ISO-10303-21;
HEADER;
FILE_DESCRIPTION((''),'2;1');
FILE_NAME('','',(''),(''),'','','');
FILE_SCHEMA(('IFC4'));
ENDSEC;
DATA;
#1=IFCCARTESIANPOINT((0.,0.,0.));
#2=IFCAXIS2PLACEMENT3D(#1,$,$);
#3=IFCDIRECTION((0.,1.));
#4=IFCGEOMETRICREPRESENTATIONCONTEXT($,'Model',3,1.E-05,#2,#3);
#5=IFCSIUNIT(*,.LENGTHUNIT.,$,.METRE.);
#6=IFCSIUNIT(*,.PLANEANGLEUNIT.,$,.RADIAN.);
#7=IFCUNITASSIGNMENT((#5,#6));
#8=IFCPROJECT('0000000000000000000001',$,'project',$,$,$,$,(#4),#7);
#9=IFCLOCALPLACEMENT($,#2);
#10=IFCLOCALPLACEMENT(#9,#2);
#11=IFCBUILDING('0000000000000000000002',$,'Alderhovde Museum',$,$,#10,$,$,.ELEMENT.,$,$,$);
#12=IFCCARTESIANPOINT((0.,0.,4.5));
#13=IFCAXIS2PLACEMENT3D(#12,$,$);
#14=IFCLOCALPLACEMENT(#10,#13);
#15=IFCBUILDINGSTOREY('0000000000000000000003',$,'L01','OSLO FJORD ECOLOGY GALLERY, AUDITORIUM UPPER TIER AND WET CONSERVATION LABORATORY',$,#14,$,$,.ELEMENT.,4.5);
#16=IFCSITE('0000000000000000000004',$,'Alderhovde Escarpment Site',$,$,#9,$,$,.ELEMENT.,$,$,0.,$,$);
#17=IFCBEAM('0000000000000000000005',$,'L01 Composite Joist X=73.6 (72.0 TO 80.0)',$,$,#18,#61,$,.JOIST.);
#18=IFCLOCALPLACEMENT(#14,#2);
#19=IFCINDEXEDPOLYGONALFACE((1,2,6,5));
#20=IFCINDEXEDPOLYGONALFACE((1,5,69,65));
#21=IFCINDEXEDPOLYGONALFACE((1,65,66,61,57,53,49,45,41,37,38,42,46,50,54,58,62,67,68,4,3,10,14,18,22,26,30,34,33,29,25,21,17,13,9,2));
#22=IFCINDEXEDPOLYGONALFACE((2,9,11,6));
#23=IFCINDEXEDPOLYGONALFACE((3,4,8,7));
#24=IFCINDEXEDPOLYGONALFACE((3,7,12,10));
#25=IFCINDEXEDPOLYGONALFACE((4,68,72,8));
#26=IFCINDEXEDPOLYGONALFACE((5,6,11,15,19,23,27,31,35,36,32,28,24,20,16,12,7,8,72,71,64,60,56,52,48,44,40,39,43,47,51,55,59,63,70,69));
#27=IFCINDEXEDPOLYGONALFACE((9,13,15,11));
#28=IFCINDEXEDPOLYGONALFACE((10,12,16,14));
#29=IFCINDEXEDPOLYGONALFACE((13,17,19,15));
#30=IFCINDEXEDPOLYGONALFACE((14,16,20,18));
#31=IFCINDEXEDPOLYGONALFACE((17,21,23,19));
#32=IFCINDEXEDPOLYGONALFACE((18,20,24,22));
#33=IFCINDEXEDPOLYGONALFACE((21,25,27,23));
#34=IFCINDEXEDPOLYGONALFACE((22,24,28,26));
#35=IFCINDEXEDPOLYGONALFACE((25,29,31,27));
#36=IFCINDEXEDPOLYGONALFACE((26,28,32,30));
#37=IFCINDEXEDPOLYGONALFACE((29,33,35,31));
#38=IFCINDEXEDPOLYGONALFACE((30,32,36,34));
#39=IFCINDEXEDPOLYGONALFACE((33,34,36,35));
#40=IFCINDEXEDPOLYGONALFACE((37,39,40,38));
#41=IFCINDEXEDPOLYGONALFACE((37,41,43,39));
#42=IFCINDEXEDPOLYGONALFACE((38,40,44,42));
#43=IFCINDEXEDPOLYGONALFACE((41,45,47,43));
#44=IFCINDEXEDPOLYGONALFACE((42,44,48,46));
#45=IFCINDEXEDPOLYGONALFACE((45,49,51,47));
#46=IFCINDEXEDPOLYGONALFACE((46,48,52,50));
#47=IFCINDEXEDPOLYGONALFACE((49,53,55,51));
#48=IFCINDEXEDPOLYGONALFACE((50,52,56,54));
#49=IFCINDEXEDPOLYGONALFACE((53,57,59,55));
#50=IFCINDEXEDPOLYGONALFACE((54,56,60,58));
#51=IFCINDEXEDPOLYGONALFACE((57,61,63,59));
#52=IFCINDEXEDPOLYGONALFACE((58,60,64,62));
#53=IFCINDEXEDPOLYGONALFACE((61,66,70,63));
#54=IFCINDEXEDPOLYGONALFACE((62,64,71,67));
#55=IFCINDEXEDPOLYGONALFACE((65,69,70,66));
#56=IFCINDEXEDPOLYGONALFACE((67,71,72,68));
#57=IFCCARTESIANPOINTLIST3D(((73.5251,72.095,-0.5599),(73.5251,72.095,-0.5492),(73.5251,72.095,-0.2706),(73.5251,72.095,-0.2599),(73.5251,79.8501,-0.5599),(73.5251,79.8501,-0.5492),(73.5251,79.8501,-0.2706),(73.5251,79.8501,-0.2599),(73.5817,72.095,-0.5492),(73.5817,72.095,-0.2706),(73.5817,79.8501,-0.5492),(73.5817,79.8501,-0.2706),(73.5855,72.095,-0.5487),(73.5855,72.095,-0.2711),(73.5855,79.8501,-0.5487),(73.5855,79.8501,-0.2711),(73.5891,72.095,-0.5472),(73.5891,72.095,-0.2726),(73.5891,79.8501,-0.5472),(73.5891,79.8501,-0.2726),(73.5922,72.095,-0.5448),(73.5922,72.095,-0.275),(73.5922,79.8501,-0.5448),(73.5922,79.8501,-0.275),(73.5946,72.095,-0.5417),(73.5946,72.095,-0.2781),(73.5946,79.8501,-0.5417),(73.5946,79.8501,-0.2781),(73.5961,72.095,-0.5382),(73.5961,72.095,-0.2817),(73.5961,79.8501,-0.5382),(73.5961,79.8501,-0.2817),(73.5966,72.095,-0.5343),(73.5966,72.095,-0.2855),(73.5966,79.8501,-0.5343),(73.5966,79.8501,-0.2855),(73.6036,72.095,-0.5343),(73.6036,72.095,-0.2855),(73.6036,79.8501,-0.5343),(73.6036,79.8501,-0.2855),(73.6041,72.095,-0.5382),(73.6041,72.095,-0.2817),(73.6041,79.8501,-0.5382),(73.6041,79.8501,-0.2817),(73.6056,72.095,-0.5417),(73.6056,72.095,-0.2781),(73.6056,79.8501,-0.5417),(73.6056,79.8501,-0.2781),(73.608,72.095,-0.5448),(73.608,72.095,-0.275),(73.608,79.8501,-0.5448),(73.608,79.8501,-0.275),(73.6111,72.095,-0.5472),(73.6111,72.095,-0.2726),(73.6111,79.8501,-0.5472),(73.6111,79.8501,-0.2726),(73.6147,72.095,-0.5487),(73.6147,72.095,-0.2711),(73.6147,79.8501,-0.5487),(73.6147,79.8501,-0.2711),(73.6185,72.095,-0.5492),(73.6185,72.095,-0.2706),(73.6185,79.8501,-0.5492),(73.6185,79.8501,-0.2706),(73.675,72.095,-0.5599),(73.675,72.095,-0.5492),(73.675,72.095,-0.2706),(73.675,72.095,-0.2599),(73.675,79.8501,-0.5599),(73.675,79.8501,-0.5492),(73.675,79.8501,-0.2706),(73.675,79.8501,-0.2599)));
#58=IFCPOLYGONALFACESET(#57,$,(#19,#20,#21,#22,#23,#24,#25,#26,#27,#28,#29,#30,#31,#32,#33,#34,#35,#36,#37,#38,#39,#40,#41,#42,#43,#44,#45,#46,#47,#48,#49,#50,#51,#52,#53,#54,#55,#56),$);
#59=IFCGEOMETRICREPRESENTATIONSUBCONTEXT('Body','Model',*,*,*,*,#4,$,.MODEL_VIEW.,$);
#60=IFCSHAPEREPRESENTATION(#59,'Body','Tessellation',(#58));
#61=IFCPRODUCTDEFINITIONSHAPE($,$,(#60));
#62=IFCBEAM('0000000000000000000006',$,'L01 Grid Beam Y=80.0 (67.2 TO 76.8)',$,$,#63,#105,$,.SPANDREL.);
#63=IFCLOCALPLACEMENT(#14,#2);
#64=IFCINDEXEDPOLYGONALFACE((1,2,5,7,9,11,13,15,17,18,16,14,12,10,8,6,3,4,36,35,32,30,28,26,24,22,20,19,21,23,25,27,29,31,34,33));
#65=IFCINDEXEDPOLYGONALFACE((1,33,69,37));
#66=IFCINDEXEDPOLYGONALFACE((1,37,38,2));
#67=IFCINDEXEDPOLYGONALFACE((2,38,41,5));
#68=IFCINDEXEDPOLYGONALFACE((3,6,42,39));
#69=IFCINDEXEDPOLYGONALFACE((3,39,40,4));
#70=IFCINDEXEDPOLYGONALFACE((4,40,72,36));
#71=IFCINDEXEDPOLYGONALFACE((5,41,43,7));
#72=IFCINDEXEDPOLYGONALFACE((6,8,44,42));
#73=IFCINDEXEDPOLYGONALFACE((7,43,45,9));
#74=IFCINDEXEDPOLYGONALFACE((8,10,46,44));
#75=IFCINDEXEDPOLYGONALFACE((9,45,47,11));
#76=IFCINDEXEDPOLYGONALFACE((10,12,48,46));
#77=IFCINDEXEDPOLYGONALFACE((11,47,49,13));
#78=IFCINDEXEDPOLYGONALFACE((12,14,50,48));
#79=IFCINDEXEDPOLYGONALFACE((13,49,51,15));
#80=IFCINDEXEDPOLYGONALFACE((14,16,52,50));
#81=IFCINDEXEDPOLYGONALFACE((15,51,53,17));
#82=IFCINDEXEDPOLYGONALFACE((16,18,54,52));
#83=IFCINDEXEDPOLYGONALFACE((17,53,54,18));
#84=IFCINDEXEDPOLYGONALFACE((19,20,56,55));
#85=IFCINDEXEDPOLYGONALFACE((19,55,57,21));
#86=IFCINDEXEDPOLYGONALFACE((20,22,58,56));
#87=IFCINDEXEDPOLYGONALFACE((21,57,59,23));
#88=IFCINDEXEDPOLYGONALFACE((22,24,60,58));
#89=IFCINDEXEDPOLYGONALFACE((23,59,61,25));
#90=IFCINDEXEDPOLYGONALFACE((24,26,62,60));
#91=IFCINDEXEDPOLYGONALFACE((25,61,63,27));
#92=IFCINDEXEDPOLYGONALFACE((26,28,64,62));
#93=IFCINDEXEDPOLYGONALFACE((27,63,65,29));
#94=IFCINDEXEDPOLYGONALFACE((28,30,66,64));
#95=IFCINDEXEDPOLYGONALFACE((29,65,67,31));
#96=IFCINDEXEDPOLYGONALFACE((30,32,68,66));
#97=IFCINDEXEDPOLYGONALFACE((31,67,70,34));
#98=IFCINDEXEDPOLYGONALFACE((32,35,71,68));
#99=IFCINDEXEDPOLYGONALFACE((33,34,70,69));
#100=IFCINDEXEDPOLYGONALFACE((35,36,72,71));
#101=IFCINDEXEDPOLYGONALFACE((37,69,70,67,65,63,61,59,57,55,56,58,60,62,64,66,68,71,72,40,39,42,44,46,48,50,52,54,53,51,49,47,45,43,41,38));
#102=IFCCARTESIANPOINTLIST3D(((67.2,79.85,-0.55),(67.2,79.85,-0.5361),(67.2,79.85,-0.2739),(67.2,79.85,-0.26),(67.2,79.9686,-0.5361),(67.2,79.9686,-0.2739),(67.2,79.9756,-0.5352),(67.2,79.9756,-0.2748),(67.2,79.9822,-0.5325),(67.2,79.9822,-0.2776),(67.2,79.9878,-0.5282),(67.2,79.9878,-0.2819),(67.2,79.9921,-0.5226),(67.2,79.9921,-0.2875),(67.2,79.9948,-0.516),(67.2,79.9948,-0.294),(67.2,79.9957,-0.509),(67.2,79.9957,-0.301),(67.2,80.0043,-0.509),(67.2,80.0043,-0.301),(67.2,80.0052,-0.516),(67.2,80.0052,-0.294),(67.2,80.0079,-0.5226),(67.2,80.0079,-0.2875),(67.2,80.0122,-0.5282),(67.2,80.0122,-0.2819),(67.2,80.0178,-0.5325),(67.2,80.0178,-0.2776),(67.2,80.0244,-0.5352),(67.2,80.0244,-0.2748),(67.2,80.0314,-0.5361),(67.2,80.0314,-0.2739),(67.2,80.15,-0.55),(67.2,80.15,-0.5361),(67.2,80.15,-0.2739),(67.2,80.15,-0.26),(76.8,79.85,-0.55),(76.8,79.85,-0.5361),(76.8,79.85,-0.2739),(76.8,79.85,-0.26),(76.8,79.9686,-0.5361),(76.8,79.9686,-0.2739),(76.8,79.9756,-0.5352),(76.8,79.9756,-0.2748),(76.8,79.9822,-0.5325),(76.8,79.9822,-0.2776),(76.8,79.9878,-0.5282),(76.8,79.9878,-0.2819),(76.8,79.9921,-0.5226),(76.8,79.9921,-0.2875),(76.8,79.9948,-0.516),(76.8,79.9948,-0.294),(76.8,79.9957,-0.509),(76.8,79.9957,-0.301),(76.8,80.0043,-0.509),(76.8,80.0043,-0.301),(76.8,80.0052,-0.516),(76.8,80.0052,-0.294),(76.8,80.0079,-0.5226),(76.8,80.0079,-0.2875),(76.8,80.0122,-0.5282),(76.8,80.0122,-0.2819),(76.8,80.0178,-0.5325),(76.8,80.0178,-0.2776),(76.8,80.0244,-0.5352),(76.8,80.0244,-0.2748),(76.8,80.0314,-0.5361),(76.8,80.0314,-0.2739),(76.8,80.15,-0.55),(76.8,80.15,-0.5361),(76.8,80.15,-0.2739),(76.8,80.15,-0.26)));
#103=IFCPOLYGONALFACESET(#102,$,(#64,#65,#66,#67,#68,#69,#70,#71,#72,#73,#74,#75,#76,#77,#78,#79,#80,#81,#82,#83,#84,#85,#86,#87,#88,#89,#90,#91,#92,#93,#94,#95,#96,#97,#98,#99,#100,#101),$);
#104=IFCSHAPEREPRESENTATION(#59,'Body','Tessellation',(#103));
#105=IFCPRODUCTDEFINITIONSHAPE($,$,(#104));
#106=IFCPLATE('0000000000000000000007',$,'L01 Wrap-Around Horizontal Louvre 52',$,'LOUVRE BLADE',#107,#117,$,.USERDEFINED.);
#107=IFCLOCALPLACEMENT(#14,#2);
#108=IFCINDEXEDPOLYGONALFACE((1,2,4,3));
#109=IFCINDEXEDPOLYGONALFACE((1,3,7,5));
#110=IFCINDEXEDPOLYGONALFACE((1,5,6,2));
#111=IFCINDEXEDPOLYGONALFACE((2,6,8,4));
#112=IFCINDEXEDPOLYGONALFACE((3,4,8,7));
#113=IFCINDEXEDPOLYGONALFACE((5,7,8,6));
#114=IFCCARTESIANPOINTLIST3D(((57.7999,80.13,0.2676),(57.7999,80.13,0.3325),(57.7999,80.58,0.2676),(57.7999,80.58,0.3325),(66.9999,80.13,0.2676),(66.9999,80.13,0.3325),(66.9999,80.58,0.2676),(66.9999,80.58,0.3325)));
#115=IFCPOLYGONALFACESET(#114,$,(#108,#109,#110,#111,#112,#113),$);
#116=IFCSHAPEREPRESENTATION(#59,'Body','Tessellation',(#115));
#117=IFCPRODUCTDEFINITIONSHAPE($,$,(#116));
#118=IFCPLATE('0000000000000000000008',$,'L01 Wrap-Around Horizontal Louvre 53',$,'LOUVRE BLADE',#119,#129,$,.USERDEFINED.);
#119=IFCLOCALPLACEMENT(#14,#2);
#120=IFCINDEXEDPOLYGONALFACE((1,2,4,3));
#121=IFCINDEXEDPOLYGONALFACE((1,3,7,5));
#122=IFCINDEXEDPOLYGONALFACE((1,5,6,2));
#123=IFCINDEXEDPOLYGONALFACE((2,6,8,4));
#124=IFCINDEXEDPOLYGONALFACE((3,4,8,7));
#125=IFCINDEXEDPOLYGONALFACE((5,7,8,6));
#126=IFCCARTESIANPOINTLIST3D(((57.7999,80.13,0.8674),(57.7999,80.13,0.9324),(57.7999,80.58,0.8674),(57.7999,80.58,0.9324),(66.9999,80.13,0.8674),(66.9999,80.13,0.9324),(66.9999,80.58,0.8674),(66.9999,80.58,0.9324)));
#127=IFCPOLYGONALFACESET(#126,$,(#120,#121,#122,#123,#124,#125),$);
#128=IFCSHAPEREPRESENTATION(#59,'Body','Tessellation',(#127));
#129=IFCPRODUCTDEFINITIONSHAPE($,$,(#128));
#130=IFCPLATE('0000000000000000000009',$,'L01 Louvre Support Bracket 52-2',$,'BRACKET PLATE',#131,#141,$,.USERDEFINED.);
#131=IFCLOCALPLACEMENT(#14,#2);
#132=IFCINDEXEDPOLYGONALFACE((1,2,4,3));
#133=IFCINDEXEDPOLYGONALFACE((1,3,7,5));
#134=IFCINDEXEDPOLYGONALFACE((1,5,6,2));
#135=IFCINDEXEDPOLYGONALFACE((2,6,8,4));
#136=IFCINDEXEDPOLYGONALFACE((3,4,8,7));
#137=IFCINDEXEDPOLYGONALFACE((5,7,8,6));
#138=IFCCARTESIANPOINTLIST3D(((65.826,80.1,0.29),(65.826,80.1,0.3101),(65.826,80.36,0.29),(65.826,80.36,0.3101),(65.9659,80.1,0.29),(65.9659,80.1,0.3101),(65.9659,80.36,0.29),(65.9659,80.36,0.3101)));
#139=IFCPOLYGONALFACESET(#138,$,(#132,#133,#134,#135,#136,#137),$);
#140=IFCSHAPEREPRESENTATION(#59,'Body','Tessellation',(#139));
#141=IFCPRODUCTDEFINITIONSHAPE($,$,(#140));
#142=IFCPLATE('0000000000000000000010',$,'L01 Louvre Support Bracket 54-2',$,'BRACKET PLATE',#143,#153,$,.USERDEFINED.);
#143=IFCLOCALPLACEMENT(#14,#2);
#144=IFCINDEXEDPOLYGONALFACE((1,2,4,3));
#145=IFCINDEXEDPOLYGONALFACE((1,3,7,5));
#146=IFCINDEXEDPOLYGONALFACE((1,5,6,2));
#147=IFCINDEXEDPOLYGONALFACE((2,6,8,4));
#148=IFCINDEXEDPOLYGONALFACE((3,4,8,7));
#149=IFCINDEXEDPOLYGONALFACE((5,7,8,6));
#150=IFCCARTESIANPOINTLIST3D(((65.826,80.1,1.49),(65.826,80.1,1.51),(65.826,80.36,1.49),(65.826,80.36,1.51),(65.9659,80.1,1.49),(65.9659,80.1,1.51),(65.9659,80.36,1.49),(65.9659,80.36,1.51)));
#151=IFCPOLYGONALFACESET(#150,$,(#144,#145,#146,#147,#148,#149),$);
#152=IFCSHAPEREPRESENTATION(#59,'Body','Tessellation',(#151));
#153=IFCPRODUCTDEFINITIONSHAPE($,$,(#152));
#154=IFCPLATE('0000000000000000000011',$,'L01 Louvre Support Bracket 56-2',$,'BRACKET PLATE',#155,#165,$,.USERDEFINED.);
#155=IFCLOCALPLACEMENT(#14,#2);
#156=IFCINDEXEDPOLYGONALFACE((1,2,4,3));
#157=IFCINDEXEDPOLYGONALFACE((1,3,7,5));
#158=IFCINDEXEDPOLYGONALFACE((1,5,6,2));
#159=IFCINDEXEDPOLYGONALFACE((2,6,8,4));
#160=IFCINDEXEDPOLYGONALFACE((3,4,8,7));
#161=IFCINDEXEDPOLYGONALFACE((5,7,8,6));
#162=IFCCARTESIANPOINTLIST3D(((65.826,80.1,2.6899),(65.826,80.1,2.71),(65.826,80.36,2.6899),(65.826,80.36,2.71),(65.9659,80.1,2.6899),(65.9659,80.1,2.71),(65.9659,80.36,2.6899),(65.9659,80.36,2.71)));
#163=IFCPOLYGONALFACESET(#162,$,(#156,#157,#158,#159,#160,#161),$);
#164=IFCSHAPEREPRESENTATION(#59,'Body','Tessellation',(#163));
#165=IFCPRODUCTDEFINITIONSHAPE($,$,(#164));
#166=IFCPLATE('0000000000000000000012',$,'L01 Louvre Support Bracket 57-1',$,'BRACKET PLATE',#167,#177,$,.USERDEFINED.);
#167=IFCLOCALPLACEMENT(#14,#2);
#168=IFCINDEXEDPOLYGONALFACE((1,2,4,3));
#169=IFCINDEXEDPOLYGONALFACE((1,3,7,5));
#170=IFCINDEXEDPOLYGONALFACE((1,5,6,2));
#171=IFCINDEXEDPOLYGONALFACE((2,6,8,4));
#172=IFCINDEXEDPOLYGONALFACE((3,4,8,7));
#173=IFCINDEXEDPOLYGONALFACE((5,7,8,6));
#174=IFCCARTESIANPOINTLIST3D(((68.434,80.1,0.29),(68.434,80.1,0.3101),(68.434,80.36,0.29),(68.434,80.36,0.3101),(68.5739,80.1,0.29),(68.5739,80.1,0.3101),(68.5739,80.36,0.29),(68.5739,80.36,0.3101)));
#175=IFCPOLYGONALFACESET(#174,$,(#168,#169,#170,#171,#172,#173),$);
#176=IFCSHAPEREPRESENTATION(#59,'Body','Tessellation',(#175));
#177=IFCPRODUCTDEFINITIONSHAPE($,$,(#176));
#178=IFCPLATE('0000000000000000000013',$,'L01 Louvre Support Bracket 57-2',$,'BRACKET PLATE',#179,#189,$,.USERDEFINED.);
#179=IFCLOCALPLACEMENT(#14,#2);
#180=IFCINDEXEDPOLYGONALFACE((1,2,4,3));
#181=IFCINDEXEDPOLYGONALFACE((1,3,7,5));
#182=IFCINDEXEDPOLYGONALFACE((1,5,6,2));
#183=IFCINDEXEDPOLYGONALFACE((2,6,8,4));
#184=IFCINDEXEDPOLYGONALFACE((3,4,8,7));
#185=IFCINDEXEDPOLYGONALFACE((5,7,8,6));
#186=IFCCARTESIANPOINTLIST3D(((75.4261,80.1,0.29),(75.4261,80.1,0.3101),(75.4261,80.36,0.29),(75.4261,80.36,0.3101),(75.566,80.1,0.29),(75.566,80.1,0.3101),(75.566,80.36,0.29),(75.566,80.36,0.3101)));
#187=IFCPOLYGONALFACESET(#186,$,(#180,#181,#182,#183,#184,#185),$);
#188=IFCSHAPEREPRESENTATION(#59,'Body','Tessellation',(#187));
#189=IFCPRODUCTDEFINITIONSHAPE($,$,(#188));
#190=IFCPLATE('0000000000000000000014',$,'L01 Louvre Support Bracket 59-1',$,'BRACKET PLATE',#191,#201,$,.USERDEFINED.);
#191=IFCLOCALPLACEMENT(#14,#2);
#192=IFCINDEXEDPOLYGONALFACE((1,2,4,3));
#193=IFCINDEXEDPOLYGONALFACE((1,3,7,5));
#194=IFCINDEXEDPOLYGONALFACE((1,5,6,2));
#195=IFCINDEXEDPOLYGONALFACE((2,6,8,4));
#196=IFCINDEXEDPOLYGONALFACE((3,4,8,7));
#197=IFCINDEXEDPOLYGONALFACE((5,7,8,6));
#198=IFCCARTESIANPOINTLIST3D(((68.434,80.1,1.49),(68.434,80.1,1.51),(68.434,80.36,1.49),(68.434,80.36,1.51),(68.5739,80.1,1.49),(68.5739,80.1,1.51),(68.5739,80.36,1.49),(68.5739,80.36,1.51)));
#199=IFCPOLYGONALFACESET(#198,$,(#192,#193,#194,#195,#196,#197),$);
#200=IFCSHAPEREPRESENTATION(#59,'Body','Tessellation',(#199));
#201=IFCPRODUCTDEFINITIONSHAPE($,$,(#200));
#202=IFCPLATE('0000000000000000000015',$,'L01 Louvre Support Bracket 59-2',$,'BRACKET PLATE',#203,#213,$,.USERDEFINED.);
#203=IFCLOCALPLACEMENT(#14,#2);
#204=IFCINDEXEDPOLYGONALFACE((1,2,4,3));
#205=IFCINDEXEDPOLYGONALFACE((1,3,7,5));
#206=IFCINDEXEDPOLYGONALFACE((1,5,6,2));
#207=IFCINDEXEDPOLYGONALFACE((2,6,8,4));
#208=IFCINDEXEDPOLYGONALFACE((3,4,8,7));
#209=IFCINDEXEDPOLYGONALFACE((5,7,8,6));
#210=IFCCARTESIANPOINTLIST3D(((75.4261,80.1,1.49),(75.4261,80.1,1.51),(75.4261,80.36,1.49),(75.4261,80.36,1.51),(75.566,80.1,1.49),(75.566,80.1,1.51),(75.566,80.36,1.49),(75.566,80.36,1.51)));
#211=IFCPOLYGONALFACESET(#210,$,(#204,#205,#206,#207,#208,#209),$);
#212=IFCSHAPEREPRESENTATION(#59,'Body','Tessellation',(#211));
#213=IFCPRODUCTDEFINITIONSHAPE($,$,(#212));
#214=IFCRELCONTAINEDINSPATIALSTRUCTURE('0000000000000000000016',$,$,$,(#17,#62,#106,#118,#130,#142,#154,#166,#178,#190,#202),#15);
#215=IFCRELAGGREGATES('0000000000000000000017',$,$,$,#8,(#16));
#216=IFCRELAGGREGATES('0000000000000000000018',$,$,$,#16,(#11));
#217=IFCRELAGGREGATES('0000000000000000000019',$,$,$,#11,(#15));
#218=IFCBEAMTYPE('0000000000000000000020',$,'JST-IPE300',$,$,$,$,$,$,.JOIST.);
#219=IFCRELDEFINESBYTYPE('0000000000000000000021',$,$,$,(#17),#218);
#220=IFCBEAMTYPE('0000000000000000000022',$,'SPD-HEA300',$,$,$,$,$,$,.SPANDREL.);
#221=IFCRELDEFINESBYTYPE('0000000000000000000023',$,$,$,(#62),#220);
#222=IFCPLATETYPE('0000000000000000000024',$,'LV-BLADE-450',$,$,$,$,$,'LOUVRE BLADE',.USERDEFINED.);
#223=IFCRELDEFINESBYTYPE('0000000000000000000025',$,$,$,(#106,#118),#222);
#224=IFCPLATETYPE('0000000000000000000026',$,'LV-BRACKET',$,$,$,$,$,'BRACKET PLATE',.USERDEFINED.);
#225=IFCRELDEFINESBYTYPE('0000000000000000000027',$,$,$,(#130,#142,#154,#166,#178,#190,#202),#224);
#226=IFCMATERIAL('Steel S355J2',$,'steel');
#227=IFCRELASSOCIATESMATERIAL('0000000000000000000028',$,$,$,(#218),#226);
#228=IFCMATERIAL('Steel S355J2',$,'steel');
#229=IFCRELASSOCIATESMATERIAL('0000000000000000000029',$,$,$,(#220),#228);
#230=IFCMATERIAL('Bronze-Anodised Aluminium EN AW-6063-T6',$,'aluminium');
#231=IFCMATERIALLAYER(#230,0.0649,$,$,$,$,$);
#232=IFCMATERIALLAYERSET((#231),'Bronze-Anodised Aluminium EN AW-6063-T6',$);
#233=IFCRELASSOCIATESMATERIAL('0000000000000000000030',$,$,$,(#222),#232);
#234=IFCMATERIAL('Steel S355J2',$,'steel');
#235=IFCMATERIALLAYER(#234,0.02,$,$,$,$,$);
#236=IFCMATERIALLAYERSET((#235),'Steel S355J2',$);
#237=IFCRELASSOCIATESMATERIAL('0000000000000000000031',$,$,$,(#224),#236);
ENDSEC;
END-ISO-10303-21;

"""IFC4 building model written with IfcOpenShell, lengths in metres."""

from ifc_helpers import new_model, si_unit, direction, frame, origin, origin_2d, place, context, subcontext, project, spatial, rectangle, i_section, extrude, material, layer, layer_set, material_profile, profile_set, type_object, element, save


model = new_model("IFC4")

# Units and contexts
model_context = context("Model", 3, precision=1e-05, world=origin(), true_north=direction((0.0, 1.0)))
body_context = subcontext(model_context, "Body", "Model", "MODEL_VIEW")
ifc_project = project(units=[si_unit("LENGTHUNIT", "METRE"), si_unit("PLANEANGLEUNIT", "RADIAN")], contexts=[model_context])

# Site, building, storey
site_placement = place(None, origin())
site = spatial("IfcSite", under=ifc_project, at=site_placement, Name="Alderhovde Escarpment Site", CompositionType="ELEMENT", RefElevation=0.0)
building_placement = place(site_placement, origin())
building = spatial("IfcBuilding", under=site, at=building_placement, Name="Alderhovde Museum", CompositionType="ELEMENT")
storey_placement = place(building_placement, frame((0.0, 0.0, 4.5)))
storey = spatial("IfcBuildingStorey", under=building, at=storey_placement, Name="L01", Description="OSLO FJORD ECOLOGY GALLERY, AUDITORIUM UPPER TIER AND WET CONSERVATION LABORATORY", CompositionType="ELEMENT", Elevation=4.5)

# Beams
ifc_material_1 = material(Name="Steel S355J2", Category="steel")
ifc_material_profile_1 = material_profile(ifc_material_1, i_section(OverallWidth=0.1499, OverallDepth=0.3, WebThickness=0.0071, FlangeThickness=0.0107, FilletRadius=0.0149, at=origin_2d()), Name="IPE 300")
ifc_profile_set_1 = profile_set([ifc_material_profile_1], Name="Steel S355J2")
beam_type_1 = type_object("IfcBeamType", Name="JST-IPE300", PredefinedType="JOIST", material=ifc_profile_set_1)
for number, where, z_axis, x_axis, name in (
    (1, (73.6001, 72.095, -0.4099), (0.0, 1.0, 0.0), (-1.0, 0.0, 0.0), "L01 Composite Joist X=73.6 (72.0 TO 80.0)"),
):
    element("IfcBeam", number, at=place(storey_placement, frame(where, z_axis=z_axis, x_axis=x_axis)), inside=storey, type_object=beam_type_1, Name=name, PredefinedType="JOIST", context=body_context, shape_type="SweptSolid", body=[
        extrude(i_section(OverallWidth=0.1499, OverallDepth=0.3, WebThickness=0.0071, FlangeThickness=0.0107, FilletRadius=0.0149, at=origin_2d()), origin(), (0.0, 0.0, 1.0), 7.7551),
    ])
ifc_material_2 = material(Name="Steel S355J2", Category="steel")
ifc_material_profile_2 = material_profile(ifc_material_2, i_section(OverallWidth=0.3, OverallDepth=0.29, WebThickness=0.0085, FlangeThickness=0.0139, FilletRadius=0.0271, at=origin_2d()), Name="HEA 300")
ifc_profile_set_2 = profile_set([ifc_material_profile_2], Name="Steel S355J2")
beam_type_2 = type_object("IfcBeamType", Name="SPD-HEA300", PredefinedType="SPANDREL", material=ifc_profile_set_2)
beam_placement = place(storey_placement, frame((67.2, 80.0, -0.405), z_axis=(1.0, 0.0, 0.0), x_axis=(0.0, 1.0, 0.0)))
element("IfcBeam", 2, at=beam_placement, inside=storey, type_object=beam_type_2, Name="L01 Grid Beam Y=80.0 (67.2 TO 76.8)", PredefinedType="SPANDREL", context=body_context, shape_type="SweptSolid", body=[
    extrude(i_section(OverallWidth=0.3, OverallDepth=0.29, WebThickness=0.0085, FlangeThickness=0.0139, FilletRadius=0.0271, at=origin_2d()), origin(), (0.0, 0.0, 1.0), 9.6001),
])

# Plates
ifc_material_3 = material(Name="Bronze-Anodised Aluminium EN AW-6063-T6", Category="aluminium")
ifc_layer_1 = layer(ifc_material_3, 0.0649)
ifc_layer_set_1 = layer_set([ifc_layer_1], Name="Bronze-Anodised Aluminium EN AW-6063-T6")
plate_type_1 = type_object("IfcPlateType", Name="LV-BLADE-450", ElementType="LOUVRE BLADE", PredefinedType="USERDEFINED", material=ifc_layer_set_1)
for number, where, z_axis, x_axis, name in (
    (3, (62.3999, 80.355, 0.2676), (0.0, 0.0, 1.0), (1.0, 0.0, 0.0), "L01 Wrap-Around Horizontal Louvre 52"),
    (4, (62.3999, 80.355, 0.8674), (0.0, 0.0, 1.0), (1.0, 0.0, 0.0), "L01 Wrap-Around Horizontal Louvre 53"),
):
    element("IfcPlate", number, at=place(storey_placement, frame(where, z_axis=z_axis, x_axis=x_axis)), inside=storey, type_object=plate_type_1, Name=name, ObjectType="LOUVRE BLADE", PredefinedType="USERDEFINED", context=body_context, shape_type="SweptSolid", body=[
        extrude(rectangle(XDim=9.2, YDim=0.45, at=origin_2d()), origin(), (0.0, 0.0, 1.0), 0.0649),
    ])
ifc_material_4 = material(Name="Steel S355J2", Category="steel")
ifc_layer_2 = layer(ifc_material_4, 0.02)
ifc_layer_set_2 = layer_set([ifc_layer_2], Name="Steel S355J2")
plate_type_2 = type_object("IfcPlateType", Name="LV-BRACKET", ElementType="BRACKET PLATE", PredefinedType="USERDEFINED", material=ifc_layer_set_2)
for number, where, z_axis, x_axis, name in (
    (5, (65.896, 80.23, 0.29), (0.0, 0.0, 1.0), (1.0, 0.0, 0.0), "L01 Louvre Support Bracket 52-2"),
    (6, (65.896, 80.23, 1.49), (0.0, 0.0, 1.0), (1.0, 0.0, 0.0), "L01 Louvre Support Bracket 54-2"),
    (7, (65.896, 80.23, 2.6899), (0.0, 0.0, 1.0), (1.0, 0.0, 0.0), "L01 Louvre Support Bracket 56-2"),
    (8, (68.5039, 80.23, 0.29), (0.0, 0.0, 1.0), (1.0, 0.0, 0.0), "L01 Louvre Support Bracket 57-1"),
    (9, (75.4961, 80.23, 0.29), (0.0, 0.0, 1.0), (1.0, 0.0, 0.0), "L01 Louvre Support Bracket 57-2"),
    (10, (68.5039, 80.23, 1.49), (0.0, 0.0, 1.0), (1.0, 0.0, 0.0), "L01 Louvre Support Bracket 59-1"),
    (11, (75.4961, 80.23, 1.49), (0.0, 0.0, 1.0), (1.0, 0.0, 0.0), "L01 Louvre Support Bracket 59-2"),
):
    element("IfcPlate", number, at=place(storey_placement, frame(where, z_axis=z_axis, x_axis=x_axis)), inside=storey, type_object=plate_type_2, Name=name, ObjectType="BRACKET PLATE", PredefinedType="USERDEFINED", context=body_context, shape_type="SweptSolid", body=[
        extrude(rectangle(XDim=0.1399, YDim=0.26, at=origin_2d()), origin(), (0.0, 0.0, 1.0), 0.02),
    ])

save(model, "model.ifc")
